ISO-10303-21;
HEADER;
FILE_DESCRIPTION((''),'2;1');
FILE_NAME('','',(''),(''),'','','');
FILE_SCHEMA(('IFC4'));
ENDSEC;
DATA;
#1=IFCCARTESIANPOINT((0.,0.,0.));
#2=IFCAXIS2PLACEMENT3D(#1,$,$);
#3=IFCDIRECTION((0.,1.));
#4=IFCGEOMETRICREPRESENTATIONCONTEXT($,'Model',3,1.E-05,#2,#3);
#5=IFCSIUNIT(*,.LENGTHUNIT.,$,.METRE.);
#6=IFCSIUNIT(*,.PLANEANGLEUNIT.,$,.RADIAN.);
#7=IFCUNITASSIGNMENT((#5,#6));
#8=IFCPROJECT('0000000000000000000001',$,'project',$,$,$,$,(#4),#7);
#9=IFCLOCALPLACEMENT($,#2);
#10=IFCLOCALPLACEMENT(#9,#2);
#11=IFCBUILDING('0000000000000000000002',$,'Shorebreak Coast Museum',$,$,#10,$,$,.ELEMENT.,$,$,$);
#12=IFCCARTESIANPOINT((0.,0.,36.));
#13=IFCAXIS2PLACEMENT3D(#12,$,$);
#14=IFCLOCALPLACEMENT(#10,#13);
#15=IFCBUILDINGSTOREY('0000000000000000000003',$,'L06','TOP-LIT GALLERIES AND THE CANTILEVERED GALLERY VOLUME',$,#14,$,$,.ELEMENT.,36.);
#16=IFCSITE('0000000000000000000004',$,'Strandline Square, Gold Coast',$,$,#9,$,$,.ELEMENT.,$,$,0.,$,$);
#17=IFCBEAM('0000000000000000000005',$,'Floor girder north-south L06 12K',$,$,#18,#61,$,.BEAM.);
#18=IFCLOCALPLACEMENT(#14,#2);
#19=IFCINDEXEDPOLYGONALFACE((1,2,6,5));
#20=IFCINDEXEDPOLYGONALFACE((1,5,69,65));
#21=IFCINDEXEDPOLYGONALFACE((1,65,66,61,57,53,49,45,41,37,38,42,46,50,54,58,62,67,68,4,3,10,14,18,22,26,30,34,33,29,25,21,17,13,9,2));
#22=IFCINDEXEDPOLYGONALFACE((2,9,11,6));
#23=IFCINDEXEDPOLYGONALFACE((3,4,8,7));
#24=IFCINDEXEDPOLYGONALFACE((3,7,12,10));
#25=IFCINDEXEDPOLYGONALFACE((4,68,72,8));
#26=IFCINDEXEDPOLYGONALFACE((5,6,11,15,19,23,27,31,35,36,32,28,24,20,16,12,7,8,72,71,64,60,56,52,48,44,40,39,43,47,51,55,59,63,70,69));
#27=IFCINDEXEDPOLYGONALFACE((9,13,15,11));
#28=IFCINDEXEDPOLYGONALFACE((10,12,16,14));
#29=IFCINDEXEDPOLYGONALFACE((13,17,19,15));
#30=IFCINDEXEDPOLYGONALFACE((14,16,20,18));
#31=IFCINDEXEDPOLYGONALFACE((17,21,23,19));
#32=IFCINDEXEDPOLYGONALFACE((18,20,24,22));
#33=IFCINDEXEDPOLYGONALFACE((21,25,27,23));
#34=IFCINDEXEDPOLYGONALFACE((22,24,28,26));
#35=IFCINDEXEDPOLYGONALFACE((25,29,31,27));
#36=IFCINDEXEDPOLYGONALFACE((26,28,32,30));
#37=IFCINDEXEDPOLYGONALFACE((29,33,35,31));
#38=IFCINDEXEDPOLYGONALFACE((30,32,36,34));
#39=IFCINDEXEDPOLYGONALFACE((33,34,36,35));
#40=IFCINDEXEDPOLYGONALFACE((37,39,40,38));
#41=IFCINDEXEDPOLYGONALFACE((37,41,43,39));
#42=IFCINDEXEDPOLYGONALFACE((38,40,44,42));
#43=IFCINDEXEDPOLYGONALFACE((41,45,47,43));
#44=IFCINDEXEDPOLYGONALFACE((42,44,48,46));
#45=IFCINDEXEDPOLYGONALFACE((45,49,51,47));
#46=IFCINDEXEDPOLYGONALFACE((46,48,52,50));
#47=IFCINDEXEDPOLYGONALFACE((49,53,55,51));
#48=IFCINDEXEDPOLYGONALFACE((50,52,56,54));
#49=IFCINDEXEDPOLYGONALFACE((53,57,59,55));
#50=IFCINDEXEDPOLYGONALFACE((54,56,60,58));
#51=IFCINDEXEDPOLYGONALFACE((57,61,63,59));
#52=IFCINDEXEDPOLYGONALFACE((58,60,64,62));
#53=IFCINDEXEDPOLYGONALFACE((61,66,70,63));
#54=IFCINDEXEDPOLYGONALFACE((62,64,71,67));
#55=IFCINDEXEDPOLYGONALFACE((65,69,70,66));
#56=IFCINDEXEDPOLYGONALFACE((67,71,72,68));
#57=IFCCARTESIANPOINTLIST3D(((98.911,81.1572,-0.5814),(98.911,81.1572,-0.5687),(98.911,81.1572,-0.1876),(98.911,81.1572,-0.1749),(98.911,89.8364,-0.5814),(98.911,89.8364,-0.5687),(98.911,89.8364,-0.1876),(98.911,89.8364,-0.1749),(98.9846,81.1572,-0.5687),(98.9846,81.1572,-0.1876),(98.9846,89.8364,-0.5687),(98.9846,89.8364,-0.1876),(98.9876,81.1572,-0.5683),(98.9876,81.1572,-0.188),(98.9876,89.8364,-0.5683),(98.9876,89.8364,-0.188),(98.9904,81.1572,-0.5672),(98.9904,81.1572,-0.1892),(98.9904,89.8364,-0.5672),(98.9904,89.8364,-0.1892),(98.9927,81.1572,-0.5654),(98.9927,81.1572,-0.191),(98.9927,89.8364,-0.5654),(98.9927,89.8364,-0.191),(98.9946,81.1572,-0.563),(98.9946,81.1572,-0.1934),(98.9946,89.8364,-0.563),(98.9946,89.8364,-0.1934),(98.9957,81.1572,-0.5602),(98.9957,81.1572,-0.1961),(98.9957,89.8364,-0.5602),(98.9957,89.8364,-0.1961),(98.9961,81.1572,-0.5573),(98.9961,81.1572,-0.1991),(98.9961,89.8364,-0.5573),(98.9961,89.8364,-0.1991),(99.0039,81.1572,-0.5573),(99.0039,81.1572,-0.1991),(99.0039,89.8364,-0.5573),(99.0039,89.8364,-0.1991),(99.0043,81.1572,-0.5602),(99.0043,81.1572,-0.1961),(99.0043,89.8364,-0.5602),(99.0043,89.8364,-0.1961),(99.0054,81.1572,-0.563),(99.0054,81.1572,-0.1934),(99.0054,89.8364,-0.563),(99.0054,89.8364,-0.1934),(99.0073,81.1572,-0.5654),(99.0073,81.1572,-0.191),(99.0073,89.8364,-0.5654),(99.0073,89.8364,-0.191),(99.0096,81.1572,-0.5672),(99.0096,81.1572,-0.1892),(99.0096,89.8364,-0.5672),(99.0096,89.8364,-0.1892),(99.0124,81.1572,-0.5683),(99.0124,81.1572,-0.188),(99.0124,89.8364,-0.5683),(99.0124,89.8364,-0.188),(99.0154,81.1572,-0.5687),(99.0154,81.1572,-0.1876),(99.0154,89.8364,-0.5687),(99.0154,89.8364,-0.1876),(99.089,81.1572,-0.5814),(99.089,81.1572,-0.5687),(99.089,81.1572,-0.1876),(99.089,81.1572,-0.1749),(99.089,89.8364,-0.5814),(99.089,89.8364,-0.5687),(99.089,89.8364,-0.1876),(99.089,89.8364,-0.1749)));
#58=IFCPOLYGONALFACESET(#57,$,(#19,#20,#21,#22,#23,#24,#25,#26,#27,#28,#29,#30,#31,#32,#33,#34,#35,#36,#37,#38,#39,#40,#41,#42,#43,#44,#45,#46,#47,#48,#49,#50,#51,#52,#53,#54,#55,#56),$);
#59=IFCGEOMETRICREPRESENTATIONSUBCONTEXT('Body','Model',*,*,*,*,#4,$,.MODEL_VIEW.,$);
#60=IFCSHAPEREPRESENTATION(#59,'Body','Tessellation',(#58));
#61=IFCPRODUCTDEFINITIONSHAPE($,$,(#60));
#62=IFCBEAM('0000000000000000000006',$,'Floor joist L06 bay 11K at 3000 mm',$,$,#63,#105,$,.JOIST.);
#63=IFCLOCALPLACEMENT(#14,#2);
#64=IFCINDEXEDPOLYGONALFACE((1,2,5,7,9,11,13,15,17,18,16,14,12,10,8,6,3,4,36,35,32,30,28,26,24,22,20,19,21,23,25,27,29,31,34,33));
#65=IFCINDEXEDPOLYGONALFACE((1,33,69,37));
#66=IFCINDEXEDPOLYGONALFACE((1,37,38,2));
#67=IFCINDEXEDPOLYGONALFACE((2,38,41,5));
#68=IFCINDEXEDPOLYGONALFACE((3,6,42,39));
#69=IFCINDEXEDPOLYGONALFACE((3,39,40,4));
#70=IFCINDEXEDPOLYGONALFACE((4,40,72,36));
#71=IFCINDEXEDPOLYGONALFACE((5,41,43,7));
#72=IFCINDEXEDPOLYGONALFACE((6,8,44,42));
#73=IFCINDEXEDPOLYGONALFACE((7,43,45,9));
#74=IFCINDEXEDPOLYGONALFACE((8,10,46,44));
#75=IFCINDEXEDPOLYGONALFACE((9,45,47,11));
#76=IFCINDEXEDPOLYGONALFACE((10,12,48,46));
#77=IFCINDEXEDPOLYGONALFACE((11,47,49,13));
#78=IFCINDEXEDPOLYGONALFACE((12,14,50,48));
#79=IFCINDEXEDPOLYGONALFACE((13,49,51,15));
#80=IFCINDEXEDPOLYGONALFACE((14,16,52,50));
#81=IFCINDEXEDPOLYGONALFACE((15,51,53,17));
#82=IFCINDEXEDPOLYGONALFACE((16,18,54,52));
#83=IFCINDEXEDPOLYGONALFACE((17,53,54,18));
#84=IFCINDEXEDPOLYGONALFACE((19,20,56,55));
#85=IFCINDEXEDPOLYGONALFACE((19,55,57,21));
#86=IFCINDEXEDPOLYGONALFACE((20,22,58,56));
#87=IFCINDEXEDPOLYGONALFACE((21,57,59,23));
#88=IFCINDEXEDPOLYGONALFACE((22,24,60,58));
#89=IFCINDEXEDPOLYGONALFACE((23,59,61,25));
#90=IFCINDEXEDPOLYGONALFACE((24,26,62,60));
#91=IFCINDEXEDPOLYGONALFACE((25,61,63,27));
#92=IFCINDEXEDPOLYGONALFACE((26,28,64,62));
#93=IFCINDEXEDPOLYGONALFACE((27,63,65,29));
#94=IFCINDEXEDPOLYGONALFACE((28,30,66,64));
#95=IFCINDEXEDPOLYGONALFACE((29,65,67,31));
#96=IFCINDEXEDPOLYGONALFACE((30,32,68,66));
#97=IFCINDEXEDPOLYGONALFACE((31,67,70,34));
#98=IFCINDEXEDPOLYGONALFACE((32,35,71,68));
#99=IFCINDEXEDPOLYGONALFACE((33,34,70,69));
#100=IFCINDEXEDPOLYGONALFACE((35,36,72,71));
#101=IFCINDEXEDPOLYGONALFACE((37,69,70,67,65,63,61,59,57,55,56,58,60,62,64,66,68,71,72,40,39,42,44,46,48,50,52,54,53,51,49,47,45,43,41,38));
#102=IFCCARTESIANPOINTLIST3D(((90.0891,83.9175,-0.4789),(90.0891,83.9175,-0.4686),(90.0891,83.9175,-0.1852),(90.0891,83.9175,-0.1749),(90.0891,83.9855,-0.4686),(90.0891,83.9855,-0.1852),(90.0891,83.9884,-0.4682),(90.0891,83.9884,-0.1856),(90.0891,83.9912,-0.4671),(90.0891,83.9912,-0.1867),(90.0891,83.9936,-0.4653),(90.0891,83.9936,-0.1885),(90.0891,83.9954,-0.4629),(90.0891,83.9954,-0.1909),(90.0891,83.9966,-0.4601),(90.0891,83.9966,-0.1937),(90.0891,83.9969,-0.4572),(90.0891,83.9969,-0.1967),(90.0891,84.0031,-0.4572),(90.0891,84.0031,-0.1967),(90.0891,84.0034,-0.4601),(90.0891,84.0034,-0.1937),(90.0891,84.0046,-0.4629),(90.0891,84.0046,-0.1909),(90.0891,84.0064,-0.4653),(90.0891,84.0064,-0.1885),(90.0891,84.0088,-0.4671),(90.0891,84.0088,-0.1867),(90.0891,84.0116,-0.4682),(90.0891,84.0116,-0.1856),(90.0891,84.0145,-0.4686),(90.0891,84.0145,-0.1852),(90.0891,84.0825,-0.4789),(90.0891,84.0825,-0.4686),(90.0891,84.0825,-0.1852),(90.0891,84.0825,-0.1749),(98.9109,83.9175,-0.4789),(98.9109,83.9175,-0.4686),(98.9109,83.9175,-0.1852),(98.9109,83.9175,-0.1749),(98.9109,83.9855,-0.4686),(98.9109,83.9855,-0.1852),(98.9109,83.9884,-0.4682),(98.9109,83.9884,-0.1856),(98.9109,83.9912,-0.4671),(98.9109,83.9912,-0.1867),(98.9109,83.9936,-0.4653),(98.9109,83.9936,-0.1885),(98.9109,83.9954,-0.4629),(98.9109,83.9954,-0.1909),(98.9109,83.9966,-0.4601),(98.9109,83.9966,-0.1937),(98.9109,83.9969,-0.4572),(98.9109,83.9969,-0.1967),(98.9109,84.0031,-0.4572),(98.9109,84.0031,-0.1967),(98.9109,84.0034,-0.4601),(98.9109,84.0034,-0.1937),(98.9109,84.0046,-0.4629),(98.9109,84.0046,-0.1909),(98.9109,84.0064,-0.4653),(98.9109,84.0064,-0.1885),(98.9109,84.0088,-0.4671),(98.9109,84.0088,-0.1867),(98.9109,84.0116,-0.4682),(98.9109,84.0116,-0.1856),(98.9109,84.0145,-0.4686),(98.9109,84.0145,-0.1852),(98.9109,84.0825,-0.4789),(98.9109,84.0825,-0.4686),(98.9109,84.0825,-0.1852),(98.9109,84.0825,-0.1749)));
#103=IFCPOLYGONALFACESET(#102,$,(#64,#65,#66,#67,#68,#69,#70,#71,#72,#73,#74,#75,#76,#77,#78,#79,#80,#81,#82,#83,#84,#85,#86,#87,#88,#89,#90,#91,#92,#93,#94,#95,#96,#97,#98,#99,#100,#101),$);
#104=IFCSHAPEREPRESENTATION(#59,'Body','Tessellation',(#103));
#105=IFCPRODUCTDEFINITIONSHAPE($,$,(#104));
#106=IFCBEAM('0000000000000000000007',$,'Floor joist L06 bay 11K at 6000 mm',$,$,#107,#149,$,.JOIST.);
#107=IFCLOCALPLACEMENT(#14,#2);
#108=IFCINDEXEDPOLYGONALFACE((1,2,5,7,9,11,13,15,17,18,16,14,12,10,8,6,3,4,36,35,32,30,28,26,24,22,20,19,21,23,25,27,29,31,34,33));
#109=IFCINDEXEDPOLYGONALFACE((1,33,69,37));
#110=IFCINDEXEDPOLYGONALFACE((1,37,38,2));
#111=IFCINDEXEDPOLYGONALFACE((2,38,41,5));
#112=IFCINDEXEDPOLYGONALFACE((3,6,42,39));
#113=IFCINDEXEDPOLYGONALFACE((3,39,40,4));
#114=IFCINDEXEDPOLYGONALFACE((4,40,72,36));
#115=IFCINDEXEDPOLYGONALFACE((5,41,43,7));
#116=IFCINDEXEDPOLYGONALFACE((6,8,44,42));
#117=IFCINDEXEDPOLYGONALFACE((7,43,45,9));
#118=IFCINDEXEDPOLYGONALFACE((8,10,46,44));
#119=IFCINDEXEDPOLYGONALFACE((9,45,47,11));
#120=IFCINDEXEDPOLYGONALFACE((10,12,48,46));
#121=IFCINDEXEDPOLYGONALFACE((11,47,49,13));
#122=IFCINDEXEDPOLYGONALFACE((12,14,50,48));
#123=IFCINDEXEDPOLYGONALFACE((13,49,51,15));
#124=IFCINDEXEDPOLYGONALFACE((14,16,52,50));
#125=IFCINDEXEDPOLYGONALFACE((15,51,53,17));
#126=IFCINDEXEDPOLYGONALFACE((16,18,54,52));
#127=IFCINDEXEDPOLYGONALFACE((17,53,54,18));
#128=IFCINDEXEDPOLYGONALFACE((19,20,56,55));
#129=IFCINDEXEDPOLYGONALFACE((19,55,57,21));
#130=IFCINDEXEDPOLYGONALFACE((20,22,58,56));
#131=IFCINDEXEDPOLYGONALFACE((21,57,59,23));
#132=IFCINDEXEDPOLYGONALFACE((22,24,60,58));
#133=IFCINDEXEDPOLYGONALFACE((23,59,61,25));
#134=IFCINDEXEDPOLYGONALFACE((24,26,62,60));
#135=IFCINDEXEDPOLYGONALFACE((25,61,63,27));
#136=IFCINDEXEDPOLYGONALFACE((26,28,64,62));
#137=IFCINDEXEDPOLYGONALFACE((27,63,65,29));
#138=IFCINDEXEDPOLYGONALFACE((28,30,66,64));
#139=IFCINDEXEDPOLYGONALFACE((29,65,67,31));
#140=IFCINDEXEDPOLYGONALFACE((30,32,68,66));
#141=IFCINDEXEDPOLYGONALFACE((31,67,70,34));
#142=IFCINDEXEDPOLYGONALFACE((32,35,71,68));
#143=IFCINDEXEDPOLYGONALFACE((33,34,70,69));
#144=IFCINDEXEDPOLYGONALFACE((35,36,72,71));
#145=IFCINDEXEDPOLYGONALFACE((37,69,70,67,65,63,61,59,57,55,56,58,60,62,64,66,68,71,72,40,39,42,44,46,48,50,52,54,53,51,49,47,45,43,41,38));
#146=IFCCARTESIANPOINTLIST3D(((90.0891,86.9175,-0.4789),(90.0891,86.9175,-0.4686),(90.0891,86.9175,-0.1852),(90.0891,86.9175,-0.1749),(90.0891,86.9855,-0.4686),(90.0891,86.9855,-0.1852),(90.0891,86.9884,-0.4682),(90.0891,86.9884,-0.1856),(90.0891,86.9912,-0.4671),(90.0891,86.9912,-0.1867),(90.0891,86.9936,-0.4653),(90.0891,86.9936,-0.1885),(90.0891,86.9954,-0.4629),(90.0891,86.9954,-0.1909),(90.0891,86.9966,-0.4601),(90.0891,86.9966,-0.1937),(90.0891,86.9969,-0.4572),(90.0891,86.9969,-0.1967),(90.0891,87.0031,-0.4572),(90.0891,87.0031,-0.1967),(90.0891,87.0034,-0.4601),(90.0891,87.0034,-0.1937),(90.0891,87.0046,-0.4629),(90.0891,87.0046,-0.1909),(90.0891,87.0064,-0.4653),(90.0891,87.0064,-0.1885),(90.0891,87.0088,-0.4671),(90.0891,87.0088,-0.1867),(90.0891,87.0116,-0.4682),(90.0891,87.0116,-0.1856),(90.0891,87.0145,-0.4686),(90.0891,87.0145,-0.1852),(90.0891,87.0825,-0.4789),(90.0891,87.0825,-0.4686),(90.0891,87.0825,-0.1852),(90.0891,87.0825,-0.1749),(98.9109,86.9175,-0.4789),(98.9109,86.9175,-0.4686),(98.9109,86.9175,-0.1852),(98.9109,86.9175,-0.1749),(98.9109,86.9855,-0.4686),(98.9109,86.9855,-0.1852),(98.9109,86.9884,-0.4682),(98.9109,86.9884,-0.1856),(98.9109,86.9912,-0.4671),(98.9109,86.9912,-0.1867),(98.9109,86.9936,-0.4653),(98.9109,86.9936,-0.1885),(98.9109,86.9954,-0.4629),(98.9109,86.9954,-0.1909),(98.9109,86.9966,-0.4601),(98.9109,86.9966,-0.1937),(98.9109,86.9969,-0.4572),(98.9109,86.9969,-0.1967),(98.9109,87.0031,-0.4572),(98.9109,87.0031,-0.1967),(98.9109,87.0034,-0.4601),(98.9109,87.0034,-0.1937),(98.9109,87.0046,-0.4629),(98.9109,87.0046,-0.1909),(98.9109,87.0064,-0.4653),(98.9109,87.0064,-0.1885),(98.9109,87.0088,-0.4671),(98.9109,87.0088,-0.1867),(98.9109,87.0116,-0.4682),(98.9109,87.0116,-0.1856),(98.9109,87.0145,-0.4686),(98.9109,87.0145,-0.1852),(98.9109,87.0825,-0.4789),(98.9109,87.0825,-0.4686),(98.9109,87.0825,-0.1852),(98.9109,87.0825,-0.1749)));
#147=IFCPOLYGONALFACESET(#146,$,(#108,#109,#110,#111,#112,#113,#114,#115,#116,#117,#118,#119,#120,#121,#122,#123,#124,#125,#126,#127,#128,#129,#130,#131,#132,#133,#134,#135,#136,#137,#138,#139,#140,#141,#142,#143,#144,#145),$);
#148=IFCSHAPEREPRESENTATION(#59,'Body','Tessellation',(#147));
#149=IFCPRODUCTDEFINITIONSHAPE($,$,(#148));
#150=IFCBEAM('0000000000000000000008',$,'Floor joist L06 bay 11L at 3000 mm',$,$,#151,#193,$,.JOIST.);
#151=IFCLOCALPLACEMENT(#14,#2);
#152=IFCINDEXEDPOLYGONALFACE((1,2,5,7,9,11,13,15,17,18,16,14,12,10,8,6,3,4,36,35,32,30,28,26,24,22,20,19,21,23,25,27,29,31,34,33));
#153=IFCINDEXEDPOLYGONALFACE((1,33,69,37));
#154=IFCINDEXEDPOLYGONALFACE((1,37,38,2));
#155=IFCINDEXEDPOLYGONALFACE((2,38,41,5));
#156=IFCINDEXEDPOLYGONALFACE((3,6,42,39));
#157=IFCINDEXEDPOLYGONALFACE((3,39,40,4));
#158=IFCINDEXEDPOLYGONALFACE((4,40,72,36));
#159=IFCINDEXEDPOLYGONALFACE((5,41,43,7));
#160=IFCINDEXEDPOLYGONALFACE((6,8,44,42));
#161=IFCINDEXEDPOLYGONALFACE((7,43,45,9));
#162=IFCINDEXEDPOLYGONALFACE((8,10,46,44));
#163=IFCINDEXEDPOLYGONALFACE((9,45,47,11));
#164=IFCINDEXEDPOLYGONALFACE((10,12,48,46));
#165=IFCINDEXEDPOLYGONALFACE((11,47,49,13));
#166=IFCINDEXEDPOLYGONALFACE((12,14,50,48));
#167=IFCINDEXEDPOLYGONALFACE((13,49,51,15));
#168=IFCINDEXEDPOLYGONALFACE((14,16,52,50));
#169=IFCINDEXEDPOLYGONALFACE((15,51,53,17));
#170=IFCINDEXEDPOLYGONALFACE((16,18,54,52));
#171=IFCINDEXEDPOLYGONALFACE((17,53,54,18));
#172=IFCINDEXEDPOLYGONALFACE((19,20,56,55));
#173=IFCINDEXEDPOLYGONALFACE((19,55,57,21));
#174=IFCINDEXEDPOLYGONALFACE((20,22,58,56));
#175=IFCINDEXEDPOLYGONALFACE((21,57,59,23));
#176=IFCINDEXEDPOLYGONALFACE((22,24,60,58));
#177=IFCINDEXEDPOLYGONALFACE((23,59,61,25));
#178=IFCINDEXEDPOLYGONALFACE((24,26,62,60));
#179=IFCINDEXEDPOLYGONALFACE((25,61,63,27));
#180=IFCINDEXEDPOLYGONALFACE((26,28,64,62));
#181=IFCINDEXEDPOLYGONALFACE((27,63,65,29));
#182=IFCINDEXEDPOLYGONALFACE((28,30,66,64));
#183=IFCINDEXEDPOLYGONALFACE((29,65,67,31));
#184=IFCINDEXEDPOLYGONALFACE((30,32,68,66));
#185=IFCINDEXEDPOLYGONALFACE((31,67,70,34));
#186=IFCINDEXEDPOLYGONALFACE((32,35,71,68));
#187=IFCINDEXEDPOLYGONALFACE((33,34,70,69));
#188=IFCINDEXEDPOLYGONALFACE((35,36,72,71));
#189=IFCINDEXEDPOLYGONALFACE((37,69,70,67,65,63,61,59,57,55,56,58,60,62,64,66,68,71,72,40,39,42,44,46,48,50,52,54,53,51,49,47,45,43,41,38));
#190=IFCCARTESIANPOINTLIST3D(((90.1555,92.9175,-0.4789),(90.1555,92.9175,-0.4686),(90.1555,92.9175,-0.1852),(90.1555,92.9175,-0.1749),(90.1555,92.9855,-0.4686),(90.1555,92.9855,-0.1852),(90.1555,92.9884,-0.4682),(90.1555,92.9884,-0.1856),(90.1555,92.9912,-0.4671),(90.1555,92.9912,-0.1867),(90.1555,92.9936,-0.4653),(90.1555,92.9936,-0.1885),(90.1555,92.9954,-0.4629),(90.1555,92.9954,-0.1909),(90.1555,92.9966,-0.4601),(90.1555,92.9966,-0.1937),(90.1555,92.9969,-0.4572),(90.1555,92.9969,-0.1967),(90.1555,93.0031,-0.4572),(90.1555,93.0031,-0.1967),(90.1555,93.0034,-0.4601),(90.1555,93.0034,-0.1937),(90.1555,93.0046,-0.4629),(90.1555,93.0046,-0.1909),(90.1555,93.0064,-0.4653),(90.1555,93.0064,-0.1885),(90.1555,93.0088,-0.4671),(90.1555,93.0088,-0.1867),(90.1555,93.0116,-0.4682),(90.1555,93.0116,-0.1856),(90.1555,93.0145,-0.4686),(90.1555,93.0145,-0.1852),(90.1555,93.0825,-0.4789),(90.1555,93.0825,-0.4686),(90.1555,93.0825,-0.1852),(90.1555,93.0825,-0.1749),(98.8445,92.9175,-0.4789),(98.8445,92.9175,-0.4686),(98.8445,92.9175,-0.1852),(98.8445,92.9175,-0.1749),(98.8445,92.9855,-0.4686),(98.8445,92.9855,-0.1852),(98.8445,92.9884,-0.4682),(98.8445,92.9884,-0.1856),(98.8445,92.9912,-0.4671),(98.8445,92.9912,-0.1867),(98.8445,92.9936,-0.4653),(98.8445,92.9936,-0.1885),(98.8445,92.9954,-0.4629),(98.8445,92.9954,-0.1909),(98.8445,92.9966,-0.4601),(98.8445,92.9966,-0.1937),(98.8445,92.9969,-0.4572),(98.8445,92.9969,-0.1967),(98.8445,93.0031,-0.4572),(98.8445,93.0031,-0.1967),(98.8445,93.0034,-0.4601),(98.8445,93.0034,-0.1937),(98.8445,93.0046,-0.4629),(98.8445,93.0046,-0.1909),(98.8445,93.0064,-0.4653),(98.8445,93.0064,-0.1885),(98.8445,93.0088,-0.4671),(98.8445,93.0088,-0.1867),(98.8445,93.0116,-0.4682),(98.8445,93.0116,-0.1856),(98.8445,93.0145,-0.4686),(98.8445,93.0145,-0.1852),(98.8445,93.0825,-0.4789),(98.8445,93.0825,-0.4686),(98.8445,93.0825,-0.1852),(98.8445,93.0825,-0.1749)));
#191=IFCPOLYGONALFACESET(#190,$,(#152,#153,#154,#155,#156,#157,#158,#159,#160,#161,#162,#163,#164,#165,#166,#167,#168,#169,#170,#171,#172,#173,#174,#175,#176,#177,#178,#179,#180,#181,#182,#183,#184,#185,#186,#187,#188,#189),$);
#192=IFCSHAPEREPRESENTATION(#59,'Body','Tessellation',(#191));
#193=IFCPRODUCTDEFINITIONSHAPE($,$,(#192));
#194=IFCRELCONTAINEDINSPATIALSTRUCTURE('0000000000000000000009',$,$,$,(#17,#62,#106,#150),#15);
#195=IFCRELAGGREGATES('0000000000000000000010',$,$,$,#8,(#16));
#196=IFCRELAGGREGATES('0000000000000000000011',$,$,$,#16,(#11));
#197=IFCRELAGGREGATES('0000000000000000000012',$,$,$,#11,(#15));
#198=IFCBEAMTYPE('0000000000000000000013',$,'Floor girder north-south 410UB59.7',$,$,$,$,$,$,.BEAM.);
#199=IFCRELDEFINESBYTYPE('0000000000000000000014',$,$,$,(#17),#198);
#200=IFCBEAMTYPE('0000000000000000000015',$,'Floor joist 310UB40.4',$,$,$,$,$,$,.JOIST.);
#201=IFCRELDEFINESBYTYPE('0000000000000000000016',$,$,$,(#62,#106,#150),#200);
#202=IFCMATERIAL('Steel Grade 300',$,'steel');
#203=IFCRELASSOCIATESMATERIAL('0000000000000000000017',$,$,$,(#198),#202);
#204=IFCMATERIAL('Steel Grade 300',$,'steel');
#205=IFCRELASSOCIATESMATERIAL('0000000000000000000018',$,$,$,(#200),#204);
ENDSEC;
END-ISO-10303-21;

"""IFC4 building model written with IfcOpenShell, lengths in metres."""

from ifc_helpers import new_model, si_unit, direction, frame, origin, origin_2d, place, context, subcontext, project, spatial, i_section, extrude, material, material_profile, profile_set, type_object, element, save


model = new_model("IFC4")

# Units and contexts
model_context = context("Model", 3, precision=1e-05, world=origin(), true_north=direction((0.0, 1.0)))
body_context = subcontext(model_context, "Body", "Model", "MODEL_VIEW")
ifc_project = project(units=[si_unit("LENGTHUNIT", "METRE"), si_unit("PLANEANGLEUNIT", "RADIAN")], contexts=[model_context])

# Site, building, storey
site_placement = place(None, origin())
site = spatial("IfcSite", under=ifc_project, at=site_placement, Name="Strandline Square, Gold Coast", CompositionType="ELEMENT", RefElevation=0.0)
building_placement = place(site_placement, origin())
building = spatial("IfcBuilding", under=site, at=building_placement, Name="Shorebreak Coast Museum", CompositionType="ELEMENT")
storey_placement = place(building_placement, frame((0.0, 0.0, 36.0)))
storey = spatial("IfcBuildingStorey", under=building, at=storey_placement, Name="L06", Description="TOP-LIT GALLERIES AND THE CANTILEVERED GALLERY VOLUME", CompositionType="ELEMENT", Elevation=36.0)

# Beams
ifc_material_1 = material(Name="Steel Grade 300", Category="steel")
ifc_material_profile_1 = material_profile(ifc_material_1, i_section(OverallWidth=0.178, OverallDepth=0.4065, WebThickness=0.0078, FlangeThickness=0.0127, FilletRadius=0.0115, at=origin_2d()), Name="410UB59.7")
ifc_profile_set_1 = profile_set([ifc_material_profile_1], Name="Steel Grade 300")
beam_type_1 = type_object("IfcBeamType", Name="Floor girder north-south 410UB59.7", PredefinedType="BEAM", material=ifc_profile_set_1)
for number, where, z_axis, x_axis, name in (
    (1, (99.0, 81.1572, -0.3782), (0.0, 1.0, 0.0), (-1.0, 0.0, 0.0), "Floor girder north-south L06 12K"),
):
    element("IfcBeam", number, at=place(storey_placement, frame(where, z_axis=z_axis, x_axis=x_axis)), inside=storey, type_object=beam_type_1, Name=name, PredefinedType="BEAM", context=body_context, shape_type="SweptSolid", body=[
        extrude(i_section(OverallWidth=0.178, OverallDepth=0.4065, WebThickness=0.0078, FlangeThickness=0.0127, FilletRadius=0.0115, at=origin_2d()), origin(), (0.0, 0.0, 1.0), 8.6792),
    ])
ifc_material_2 = material(Name="Steel Grade 300", Category="steel")
ifc_material_profile_2 = material_profile(ifc_material_2, i_section(OverallWidth=0.165, OverallDepth=0.304, WebThickness=0.0061, FlangeThickness=0.0103, FilletRadius=0.0115, at=origin_2d()), Name="310UB40.4")
ifc_profile_set_2 = profile_set([ifc_material_profile_2], Name="Steel Grade 300")
beam_type_2 = type_object("IfcBeamType", Name="Floor joist 310UB40.4", PredefinedType="JOIST", material=ifc_profile_set_2)
for number, where, z_axis, x_axis, name in (
    (2, (90.0891, 84.0, -0.3269), (1.0, 0.0, 0.0), (0.0, 1.0, 0.0), "Floor joist L06 bay 11K at 3000 mm"),
    (3, (90.0891, 87.0, -0.3269), (1.0, 0.0, 0.0), (0.0, 1.0, 0.0), "Floor joist L06 bay 11K at 6000 mm"),
):
    element("IfcBeam", number, at=place(storey_placement, frame(where, z_axis=z_axis, x_axis=x_axis)), inside=storey, type_object=beam_type_2, Name=name, PredefinedType="JOIST", context=body_context, shape_type="SweptSolid", body=[
        extrude(i_section(OverallWidth=0.165, OverallDepth=0.304, WebThickness=0.0061, FlangeThickness=0.0103, FilletRadius=0.0115, at=origin_2d()), origin(), (0.0, 0.0, 1.0), 8.8218),
    ])
beam_1_placement = place(storey_placement, frame((90.1555, 93.0, -0.3269), z_axis=(1.0, 0.0, 0.0), x_axis=(0.0, 1.0, 0.0)))
element("IfcBeam", 4, at=beam_1_placement, inside=storey, type_object=beam_type_2, Name="Floor joist L06 bay 11L at 3000 mm", PredefinedType="JOIST", context=body_context, shape_type="SweptSolid", body=[
    extrude(i_section(OverallWidth=0.165, OverallDepth=0.304, WebThickness=0.0061, FlangeThickness=0.0103, FilletRadius=0.0115, at=origin_2d()), origin(), (0.0, 0.0, 1.0), 8.689),
])

save(model, "model.ifc")
